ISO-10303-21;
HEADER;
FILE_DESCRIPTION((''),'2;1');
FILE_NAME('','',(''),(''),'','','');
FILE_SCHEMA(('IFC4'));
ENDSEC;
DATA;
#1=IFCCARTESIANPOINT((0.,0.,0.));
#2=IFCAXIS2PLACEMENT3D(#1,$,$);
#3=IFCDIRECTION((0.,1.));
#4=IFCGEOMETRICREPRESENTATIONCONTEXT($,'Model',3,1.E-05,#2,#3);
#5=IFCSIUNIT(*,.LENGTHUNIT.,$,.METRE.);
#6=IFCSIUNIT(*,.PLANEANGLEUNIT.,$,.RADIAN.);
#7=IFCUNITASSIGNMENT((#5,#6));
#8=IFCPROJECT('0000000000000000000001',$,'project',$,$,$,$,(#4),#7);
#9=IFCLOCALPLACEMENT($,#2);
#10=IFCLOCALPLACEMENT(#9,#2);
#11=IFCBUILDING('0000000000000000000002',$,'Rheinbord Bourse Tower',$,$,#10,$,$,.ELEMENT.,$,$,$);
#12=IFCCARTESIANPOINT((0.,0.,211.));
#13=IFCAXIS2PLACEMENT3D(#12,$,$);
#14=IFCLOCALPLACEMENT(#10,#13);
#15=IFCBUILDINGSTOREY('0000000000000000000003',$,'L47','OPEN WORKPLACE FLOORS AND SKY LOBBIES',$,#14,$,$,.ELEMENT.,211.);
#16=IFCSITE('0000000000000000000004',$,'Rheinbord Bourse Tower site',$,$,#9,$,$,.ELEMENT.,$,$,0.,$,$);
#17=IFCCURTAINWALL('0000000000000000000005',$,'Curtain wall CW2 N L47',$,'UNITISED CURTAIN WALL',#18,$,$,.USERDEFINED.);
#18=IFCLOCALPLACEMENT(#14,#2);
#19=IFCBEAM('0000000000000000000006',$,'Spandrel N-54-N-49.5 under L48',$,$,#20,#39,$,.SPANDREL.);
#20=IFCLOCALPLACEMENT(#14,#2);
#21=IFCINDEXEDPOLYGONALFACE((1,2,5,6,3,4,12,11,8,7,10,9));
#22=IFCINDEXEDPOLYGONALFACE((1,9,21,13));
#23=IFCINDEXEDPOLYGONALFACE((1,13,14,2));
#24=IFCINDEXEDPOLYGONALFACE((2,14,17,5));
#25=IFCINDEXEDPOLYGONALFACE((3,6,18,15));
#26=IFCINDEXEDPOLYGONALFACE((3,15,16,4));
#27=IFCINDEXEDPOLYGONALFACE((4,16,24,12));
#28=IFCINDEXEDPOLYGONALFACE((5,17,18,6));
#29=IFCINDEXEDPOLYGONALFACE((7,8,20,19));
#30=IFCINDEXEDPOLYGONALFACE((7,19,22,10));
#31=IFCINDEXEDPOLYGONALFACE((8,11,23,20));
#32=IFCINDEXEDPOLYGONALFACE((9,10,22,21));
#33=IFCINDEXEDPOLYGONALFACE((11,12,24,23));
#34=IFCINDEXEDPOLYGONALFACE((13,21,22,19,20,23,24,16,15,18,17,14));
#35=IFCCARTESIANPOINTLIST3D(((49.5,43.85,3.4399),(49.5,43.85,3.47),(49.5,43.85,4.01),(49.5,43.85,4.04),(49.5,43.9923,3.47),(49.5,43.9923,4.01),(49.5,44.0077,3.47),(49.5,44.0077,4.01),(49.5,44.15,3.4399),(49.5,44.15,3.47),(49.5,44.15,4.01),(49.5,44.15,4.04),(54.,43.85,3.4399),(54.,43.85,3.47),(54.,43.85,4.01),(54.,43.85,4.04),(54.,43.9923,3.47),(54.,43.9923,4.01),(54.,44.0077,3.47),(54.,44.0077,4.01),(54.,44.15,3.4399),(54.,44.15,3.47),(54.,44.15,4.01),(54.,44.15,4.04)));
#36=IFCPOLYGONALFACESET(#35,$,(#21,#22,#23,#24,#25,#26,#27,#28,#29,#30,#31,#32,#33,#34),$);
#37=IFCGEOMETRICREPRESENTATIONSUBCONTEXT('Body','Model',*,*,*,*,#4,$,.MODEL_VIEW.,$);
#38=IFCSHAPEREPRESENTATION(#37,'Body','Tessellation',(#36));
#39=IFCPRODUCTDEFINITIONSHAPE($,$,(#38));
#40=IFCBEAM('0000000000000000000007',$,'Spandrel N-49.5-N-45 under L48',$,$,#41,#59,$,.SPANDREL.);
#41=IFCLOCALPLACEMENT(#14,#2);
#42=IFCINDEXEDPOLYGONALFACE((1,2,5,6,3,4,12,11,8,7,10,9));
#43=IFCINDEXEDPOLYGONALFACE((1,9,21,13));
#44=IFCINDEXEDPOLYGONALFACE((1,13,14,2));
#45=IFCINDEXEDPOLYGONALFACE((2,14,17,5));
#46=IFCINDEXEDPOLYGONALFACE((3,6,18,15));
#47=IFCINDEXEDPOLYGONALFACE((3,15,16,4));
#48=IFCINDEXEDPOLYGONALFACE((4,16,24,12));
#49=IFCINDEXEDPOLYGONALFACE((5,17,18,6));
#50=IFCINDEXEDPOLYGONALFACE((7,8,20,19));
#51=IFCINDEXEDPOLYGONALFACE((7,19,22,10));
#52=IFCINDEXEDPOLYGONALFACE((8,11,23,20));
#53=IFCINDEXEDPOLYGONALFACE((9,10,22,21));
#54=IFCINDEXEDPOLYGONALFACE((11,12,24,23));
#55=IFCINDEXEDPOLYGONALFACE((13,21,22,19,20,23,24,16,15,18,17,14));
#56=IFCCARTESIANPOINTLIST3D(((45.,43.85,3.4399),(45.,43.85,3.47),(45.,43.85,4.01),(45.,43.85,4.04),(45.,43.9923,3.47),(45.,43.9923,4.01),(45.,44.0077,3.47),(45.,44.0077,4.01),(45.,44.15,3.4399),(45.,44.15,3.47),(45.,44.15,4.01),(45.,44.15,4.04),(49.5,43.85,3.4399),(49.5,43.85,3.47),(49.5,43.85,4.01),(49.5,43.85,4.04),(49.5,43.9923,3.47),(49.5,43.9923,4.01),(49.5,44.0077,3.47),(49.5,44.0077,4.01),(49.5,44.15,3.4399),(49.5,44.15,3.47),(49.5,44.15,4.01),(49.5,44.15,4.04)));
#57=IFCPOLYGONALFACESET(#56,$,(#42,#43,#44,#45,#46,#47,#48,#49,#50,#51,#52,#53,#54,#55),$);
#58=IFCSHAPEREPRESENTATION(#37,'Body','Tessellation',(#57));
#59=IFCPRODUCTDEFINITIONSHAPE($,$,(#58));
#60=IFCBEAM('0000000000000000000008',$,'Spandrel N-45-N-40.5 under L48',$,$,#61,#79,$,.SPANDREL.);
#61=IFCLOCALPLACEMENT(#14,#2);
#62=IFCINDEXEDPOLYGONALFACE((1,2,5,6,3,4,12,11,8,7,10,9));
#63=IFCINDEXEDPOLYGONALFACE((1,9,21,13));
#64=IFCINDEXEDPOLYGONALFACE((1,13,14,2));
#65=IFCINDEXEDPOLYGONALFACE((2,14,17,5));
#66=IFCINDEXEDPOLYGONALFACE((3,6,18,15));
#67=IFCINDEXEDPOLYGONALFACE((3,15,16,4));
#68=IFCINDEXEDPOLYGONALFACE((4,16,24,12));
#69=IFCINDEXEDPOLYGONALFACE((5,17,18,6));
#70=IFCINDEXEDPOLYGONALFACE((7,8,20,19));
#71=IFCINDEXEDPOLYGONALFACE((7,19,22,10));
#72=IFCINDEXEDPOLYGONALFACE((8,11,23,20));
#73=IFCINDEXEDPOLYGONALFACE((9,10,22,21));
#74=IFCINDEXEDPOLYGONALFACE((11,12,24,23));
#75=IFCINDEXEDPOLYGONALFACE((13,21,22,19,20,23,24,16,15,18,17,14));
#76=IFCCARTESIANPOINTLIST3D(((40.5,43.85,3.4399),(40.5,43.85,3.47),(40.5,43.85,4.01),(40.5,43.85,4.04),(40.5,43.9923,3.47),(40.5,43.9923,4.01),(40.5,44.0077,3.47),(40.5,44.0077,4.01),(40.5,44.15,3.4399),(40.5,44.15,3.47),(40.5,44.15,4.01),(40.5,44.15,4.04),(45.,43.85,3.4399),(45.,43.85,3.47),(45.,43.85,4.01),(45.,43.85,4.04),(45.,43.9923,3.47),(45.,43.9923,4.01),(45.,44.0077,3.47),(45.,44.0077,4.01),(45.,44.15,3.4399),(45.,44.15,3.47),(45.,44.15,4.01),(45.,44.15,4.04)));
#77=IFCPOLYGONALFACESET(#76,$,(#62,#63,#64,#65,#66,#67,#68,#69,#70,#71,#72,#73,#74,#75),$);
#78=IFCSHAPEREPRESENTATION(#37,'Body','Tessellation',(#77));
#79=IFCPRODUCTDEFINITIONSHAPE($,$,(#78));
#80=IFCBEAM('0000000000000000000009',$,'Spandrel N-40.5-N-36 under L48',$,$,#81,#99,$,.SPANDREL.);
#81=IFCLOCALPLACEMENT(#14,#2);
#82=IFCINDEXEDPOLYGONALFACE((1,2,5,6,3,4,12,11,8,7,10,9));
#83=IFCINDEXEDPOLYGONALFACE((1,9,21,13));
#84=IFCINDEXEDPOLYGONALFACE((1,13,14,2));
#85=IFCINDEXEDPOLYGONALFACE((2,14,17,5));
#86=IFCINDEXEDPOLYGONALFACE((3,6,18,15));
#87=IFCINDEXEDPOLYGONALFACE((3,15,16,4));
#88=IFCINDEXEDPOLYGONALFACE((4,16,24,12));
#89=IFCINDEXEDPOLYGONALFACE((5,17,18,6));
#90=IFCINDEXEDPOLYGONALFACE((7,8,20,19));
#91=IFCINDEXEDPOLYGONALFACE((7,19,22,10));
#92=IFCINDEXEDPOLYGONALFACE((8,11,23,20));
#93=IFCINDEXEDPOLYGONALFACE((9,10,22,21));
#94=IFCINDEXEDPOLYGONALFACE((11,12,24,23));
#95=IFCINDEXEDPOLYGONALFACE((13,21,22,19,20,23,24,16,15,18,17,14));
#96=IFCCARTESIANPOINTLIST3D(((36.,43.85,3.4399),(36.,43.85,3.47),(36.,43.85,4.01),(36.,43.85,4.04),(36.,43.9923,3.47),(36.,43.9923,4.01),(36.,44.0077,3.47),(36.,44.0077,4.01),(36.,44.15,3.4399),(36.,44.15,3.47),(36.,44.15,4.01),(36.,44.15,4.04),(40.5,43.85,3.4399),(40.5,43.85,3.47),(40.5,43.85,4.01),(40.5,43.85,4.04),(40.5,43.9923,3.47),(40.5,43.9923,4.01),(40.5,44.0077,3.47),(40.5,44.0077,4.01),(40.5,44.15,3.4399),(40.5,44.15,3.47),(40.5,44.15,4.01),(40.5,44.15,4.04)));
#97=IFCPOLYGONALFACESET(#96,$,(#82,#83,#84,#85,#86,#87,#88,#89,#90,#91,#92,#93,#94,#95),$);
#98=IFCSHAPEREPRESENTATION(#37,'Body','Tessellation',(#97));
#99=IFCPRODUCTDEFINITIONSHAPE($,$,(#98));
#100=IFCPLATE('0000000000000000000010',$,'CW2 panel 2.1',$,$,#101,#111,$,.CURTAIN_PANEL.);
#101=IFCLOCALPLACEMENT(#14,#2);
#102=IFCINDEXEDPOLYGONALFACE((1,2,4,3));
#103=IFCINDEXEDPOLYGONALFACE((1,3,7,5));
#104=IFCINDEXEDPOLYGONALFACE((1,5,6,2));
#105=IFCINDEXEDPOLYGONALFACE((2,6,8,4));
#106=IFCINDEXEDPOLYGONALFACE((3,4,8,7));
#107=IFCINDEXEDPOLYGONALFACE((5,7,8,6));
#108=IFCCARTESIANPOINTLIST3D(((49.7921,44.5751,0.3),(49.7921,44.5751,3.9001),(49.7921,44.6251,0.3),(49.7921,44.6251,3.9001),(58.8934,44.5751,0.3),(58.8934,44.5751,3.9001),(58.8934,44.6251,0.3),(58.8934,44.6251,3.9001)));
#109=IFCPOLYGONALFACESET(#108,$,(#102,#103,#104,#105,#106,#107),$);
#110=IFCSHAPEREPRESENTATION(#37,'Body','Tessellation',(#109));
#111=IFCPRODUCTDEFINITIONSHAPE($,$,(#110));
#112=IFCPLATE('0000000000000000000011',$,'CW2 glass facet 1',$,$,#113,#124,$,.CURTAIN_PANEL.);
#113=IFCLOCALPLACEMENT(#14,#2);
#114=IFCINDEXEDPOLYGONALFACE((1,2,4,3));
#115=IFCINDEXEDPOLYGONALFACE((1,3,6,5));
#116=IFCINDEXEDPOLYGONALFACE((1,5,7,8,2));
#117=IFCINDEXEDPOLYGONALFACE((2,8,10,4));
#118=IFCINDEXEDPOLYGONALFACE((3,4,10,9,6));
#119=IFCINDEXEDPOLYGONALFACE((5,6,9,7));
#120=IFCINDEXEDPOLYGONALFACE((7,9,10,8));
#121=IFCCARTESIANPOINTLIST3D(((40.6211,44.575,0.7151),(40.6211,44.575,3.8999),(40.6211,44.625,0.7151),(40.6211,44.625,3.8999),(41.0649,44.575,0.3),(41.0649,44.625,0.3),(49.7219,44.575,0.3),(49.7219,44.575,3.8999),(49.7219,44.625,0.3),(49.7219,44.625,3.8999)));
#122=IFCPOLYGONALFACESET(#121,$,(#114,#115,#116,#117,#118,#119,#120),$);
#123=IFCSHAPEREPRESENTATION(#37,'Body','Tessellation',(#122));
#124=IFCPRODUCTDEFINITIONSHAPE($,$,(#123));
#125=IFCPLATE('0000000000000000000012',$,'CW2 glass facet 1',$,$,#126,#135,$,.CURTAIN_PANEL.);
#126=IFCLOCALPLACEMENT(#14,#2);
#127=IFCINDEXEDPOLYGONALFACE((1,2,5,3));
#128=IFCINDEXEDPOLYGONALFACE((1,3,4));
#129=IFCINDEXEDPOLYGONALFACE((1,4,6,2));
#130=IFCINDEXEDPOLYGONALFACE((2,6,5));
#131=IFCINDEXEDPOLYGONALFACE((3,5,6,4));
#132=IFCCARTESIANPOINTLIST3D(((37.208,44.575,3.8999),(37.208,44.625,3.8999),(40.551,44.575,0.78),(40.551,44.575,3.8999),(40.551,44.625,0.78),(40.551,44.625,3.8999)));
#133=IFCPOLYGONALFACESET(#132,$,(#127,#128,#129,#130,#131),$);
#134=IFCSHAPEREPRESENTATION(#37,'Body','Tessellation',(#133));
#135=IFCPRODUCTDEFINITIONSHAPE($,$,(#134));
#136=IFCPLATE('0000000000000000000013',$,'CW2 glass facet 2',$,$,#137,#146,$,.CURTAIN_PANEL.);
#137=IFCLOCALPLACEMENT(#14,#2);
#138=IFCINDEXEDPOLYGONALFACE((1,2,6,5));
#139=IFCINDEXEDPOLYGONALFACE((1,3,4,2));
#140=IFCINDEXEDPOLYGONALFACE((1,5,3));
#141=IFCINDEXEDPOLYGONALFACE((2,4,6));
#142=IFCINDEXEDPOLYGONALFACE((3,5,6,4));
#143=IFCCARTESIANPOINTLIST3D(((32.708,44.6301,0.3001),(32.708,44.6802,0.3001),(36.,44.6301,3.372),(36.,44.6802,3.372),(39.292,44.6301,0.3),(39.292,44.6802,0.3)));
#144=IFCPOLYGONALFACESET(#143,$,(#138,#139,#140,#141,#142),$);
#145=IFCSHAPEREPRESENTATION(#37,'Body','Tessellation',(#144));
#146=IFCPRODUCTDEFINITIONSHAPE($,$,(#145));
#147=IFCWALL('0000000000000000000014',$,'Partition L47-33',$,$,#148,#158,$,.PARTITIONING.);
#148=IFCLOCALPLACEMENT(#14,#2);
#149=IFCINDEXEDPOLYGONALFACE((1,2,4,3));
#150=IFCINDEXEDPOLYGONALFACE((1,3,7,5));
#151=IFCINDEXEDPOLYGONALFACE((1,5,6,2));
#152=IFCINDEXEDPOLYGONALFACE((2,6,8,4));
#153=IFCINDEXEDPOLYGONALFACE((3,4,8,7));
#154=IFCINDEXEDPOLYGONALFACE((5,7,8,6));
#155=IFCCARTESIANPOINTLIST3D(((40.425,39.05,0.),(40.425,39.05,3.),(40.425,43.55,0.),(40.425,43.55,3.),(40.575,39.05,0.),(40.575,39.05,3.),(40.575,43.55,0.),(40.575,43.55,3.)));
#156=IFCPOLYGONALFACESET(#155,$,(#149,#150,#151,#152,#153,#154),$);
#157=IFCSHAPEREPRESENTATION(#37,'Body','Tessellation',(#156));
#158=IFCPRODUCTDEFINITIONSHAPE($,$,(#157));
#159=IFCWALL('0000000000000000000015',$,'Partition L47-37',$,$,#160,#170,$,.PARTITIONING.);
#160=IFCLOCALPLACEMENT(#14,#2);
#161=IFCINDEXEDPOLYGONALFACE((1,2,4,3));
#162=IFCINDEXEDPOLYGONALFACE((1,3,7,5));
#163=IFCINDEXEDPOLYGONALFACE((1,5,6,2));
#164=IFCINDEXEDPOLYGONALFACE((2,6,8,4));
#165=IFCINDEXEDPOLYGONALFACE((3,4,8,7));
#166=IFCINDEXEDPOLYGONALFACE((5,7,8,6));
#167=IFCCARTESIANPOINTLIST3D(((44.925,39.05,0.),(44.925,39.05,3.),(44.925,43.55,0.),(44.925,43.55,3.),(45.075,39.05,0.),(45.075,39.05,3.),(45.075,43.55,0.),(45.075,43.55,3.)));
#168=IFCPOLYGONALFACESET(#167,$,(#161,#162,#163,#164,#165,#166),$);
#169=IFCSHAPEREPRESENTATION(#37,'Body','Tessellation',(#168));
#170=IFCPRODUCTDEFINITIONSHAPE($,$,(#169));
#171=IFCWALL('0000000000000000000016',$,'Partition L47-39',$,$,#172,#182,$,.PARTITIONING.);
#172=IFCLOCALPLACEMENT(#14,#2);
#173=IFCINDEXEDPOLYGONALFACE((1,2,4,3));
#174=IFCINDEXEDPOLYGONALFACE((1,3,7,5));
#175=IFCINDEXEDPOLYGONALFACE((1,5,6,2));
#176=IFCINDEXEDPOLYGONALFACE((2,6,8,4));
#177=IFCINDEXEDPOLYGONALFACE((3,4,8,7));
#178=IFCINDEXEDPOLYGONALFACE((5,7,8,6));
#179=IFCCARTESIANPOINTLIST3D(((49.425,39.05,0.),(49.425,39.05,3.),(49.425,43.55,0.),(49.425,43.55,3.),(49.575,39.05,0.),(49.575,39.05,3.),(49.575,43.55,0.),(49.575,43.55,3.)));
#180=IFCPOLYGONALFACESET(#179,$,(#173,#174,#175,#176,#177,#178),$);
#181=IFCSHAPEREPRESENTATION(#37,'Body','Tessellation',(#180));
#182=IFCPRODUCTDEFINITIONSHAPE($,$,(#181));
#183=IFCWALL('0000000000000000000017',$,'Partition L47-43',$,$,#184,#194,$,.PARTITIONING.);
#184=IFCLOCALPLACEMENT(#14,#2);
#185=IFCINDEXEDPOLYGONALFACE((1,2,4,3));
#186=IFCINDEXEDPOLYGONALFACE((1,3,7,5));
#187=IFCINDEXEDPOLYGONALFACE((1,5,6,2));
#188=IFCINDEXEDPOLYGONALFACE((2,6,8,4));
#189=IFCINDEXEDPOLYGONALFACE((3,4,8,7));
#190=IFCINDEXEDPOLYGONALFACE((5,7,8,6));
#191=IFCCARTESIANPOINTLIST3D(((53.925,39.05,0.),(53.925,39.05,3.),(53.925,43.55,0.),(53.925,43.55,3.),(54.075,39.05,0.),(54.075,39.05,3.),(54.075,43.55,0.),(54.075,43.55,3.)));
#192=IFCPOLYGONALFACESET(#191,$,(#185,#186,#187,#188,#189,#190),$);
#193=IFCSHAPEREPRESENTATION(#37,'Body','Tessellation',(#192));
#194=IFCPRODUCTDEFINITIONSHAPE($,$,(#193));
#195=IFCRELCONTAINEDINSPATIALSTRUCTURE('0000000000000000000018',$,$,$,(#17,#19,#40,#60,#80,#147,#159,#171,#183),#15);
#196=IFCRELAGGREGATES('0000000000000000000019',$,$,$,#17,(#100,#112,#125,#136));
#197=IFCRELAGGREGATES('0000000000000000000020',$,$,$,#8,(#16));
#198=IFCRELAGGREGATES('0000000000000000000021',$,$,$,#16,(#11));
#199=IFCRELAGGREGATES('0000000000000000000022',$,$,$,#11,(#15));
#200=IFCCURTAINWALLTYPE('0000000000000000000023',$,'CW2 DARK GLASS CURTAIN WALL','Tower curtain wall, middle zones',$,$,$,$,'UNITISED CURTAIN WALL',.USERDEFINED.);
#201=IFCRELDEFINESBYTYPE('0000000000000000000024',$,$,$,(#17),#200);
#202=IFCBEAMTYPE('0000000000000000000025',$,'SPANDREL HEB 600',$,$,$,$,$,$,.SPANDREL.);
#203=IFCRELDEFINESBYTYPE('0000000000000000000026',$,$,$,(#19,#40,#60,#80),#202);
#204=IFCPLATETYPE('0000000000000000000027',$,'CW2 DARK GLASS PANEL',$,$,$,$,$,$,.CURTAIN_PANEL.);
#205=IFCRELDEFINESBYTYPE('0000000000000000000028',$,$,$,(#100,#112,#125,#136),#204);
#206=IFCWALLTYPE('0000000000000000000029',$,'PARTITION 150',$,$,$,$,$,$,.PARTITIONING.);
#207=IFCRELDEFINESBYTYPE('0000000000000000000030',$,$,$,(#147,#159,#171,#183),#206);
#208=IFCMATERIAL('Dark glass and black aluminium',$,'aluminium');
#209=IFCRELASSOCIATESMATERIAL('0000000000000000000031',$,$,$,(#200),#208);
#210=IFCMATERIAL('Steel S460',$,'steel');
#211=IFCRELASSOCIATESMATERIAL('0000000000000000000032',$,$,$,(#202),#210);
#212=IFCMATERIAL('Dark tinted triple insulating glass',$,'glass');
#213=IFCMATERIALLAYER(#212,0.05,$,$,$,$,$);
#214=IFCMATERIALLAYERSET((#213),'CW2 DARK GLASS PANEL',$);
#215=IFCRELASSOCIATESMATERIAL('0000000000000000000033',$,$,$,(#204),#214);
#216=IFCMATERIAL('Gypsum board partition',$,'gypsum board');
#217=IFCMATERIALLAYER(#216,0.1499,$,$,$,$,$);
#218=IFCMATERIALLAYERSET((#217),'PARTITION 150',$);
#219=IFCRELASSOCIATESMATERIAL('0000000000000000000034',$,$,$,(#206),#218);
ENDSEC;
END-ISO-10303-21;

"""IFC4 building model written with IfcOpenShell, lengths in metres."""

from ifc_helpers import new_model, si_unit, direction, frame, frame_2d, origin, origin_2d, place, context, subcontext, project, spatial, polyline, rectangle, i_section, outline, extrude, material, layer, layer_set, material_profile, profile_set, type_object, element, aggregate, save


model = new_model("IFC4")

# Units and contexts
model_context = context("Model", 3, precision=1e-05, world=origin(), true_north=direction((0.0, 1.0)))
body_context = subcontext(model_context, "Body", "Model", "MODEL_VIEW")
ifc_project = project(units=[si_unit("LENGTHUNIT", "METRE"), si_unit("PLANEANGLEUNIT", "RADIAN")], contexts=[model_context])

# Site, building, storey
site_placement = place(None, origin())
site = spatial("IfcSite", under=ifc_project, at=site_placement, Name="Rheinbord Bourse Tower site", CompositionType="ELEMENT", RefElevation=0.0)
building_placement = place(site_placement, origin())
building = spatial("IfcBuilding", under=site, at=building_placement, Name="Rheinbord Bourse Tower", CompositionType="ELEMENT")
storey_placement = place(building_placement, frame((0.0, 0.0, 211.0)))
storey = spatial("IfcBuildingStorey", under=building, at=storey_placement, Name="L47", Description="OPEN WORKPLACE FLOORS AND SKY LOBBIES", CompositionType="ELEMENT", Elevation=211.0)

# Curtain wall
ifc_material_1 = material(Name="Dark glass and black aluminium", Category="aluminium")
curtain_wall_type = type_object("IfcCurtainWallType", Name="CW2 DARK GLASS CURTAIN WALL", Description="Tower curtain wall, middle zones", ElementType="UNITISED CURTAIN WALL", PredefinedType="USERDEFINED", material=ifc_material_1)
curtain_wall_placement = place(storey_placement, origin())
curtain_wall = element("IfcCurtainWall", 1, at=curtain_wall_placement, inside=storey, type_object=curtain_wall_type, Name="Curtain wall CW2 N L47", ObjectType="UNITISED CURTAIN WALL", PredefinedType="USERDEFINED")

# Beams
ifc_material_2 = material(Name="Steel S460", Category="steel")
ifc_material_profile_1 = material_profile(ifc_material_2, i_section(OverallWidth=0.3, OverallDepth=0.6001, WebThickness=0.0154, FlangeThickness=0.03, at=origin_2d()), Name="HEB 600")
ifc_profile_set_1 = profile_set([ifc_material_profile_1], Name="Steel S460")
beam_type_1 = type_object("IfcBeamType", Name="SPANDREL HEB 600", PredefinedType="SPANDREL", material=ifc_profile_set_1)
for number, where, z_axis, x_axis, name in (
    (2, (54.0, 44.0, 3.74), (-1.0, 0.0, 0.0), (0.0, -1.0, 0.0), "Spandrel N-54-N-49.5 under L48"),
    (3, (49.5, 44.0, 3.74), (-1.0, 0.0, 0.0), (0.0, -1.0, 0.0), "Spandrel N-49.5-N-45 under L48"),
    (4, (45.0, 44.0, 3.74), (-1.0, 0.0, 0.0), (0.0, -1.0, 0.0), "Spandrel N-45-N-40.5 under L48"),
    (5, (40.5, 44.0, 3.74), (-1.0, 0.0, 0.0), (0.0, -1.0, 0.0), "Spandrel N-40.5-N-36 under L48"),
):
    element("IfcBeam", number, at=place(storey_placement, frame(where, z_axis=z_axis, x_axis=x_axis)), inside=storey, type_object=beam_type_1, Name=name, PredefinedType="SPANDREL", context=body_context, shape_type="SweptSolid", body=[
        extrude(i_section(OverallWidth=0.3, OverallDepth=0.6001, WebThickness=0.0154, FlangeThickness=0.03, at=origin_2d()), origin(), (0.0, 0.0, 1.0), 4.5),
    ])

# Plates
ifc_material_3 = material(Name="Dark tinted triple insulating glass", Category="glass")
ifc_layer_1 = layer(ifc_material_3, 0.05)
ifc_layer_set_1 = layer_set([ifc_layer_1], Name="CW2 DARK GLASS PANEL")
plate_type = type_object("IfcPlateType", Name="CW2 DARK GLASS PANEL", PredefinedType="CURTAIN_PANEL", material=ifc_layer_set_1)
plate_1_placement = place(storey_placement, frame((54.3428, 44.6001, 0.3), z_axis=(0.0, 0.0, 1.0), x_axis=(-1.0, 0.0, 0.0)))
plate_1 = element("IfcPlate", 6, at=plate_1_placement, type_object=plate_type, Name="CW2 panel 2.1", PredefinedType="CURTAIN_PANEL", context=body_context, shape_type="SweptSolid", body=[
    extrude(rectangle(XDim=9.1013, YDim=0.05, at=origin_2d()), origin(), (0.0, 0.0, 1.0), 3.6001),
])
plate_2_placement = place(storey_placement, frame((49.7219, 44.625, 0.3), z_axis=(0.0, -1.0, 0.0), x_axis=(0.0, 0.0, 1.0)))
plate_2 = element("IfcPlate", 7, at=plate_2_placement, type_object=plate_type, Name="CW2 glass facet 1", PredefinedType="CURTAIN_PANEL", context=body_context, shape_type="SweptSolid", body=[
    extrude(outline(polyline([(0.0, 0.0), (3.5999, 0.0), (3.5999, 9.1008), (0.415, 9.1008), (0.0, 8.657), (0.0, 0.0)])), origin(), (0.0, 0.0, 1.0), 0.05),
])
plate_3_placement = place(storey_placement, frame((40.551, 44.625, 3.8999), z_axis=(0.0, -1.0, 0.0), x_axis=(-1.0, 0.0, 0.0)))
plate_3 = element("IfcPlate", 8, at=plate_3_placement, type_object=plate_type, Name="CW2 glass facet 1", PredefinedType="CURTAIN_PANEL", context=body_context, shape_type="SweptSolid", body=[
    extrude(outline(polyline([(0.0, 0.0), (3.343, 0.0), (0.0, 3.1199), (0.0, 0.0)])), origin(), (0.0, 0.0, 1.0), 0.05),
])
plate_4_placement = place(storey_placement, frame((39.292, 44.6802, 0.3), z_axis=(0.0, -1.0, 0.0), x_axis=(-0.731111, 0.0, 0.682258)))
plate_4 = element("IfcPlate", 9, at=plate_4_placement, type_object=plate_type, Name="CW2 glass facet 2", PredefinedType="CURTAIN_PANEL", context=body_context, shape_type="SweptSolid", body=[
    extrude(outline(polyline([(0.0, 0.0), (4.5027, 0.0), (4.8137, 4.4919), (0.0, 0.0)])), origin(), (0.0, 0.0, 1.0), 0.05),
])
aggregate(curtain_wall, [plate_1, plate_2, plate_3, plate_4])

# Walls
ifc_material_4 = material(Name="Gypsum board partition", Category="gypsum board")
ifc_layer_2 = layer(ifc_material_4, 0.1499)
ifc_layer_set_2 = layer_set([ifc_layer_2], Name="PARTITION 150")
wall_type = type_object("IfcWallType", Name="PARTITION 150", PredefinedType="PARTITIONING", material=ifc_layer_set_2)
for number, where, z_axis, x_axis, name in (
    (10, (40.5, 39.05, 0.0), (0.0, 0.0, 1.0), (0.0, 1.0, 0.0), "Partition L47-33"),
    (11, (45.0, 39.05, 0.0), (0.0, 0.0, 1.0), (0.0, 1.0, 0.0), "Partition L47-37"),
    (12, (49.5, 39.05, 0.0), (0.0, 0.0, 1.0), (0.0, 1.0, 0.0), "Partition L47-39"),
    (13, (54.0, 39.05, 0.0), (0.0, 0.0, 1.0), (0.0, 1.0, 0.0), "Partition L47-43"),
):
    element("IfcWall", number, at=place(storey_placement, frame(where, z_axis=z_axis, x_axis=x_axis)), inside=storey, type_object=wall_type, Name=name, PredefinedType="PARTITIONING", context=body_context, shape_type="SweptSolid", body=[
        extrude(rectangle(XDim=4.5, YDim=0.1499, at=frame_2d((2.25, 0.0))), origin(), (0.0, 0.0, 1.0), 3.0),
    ])

save(model, "model.ifc")
